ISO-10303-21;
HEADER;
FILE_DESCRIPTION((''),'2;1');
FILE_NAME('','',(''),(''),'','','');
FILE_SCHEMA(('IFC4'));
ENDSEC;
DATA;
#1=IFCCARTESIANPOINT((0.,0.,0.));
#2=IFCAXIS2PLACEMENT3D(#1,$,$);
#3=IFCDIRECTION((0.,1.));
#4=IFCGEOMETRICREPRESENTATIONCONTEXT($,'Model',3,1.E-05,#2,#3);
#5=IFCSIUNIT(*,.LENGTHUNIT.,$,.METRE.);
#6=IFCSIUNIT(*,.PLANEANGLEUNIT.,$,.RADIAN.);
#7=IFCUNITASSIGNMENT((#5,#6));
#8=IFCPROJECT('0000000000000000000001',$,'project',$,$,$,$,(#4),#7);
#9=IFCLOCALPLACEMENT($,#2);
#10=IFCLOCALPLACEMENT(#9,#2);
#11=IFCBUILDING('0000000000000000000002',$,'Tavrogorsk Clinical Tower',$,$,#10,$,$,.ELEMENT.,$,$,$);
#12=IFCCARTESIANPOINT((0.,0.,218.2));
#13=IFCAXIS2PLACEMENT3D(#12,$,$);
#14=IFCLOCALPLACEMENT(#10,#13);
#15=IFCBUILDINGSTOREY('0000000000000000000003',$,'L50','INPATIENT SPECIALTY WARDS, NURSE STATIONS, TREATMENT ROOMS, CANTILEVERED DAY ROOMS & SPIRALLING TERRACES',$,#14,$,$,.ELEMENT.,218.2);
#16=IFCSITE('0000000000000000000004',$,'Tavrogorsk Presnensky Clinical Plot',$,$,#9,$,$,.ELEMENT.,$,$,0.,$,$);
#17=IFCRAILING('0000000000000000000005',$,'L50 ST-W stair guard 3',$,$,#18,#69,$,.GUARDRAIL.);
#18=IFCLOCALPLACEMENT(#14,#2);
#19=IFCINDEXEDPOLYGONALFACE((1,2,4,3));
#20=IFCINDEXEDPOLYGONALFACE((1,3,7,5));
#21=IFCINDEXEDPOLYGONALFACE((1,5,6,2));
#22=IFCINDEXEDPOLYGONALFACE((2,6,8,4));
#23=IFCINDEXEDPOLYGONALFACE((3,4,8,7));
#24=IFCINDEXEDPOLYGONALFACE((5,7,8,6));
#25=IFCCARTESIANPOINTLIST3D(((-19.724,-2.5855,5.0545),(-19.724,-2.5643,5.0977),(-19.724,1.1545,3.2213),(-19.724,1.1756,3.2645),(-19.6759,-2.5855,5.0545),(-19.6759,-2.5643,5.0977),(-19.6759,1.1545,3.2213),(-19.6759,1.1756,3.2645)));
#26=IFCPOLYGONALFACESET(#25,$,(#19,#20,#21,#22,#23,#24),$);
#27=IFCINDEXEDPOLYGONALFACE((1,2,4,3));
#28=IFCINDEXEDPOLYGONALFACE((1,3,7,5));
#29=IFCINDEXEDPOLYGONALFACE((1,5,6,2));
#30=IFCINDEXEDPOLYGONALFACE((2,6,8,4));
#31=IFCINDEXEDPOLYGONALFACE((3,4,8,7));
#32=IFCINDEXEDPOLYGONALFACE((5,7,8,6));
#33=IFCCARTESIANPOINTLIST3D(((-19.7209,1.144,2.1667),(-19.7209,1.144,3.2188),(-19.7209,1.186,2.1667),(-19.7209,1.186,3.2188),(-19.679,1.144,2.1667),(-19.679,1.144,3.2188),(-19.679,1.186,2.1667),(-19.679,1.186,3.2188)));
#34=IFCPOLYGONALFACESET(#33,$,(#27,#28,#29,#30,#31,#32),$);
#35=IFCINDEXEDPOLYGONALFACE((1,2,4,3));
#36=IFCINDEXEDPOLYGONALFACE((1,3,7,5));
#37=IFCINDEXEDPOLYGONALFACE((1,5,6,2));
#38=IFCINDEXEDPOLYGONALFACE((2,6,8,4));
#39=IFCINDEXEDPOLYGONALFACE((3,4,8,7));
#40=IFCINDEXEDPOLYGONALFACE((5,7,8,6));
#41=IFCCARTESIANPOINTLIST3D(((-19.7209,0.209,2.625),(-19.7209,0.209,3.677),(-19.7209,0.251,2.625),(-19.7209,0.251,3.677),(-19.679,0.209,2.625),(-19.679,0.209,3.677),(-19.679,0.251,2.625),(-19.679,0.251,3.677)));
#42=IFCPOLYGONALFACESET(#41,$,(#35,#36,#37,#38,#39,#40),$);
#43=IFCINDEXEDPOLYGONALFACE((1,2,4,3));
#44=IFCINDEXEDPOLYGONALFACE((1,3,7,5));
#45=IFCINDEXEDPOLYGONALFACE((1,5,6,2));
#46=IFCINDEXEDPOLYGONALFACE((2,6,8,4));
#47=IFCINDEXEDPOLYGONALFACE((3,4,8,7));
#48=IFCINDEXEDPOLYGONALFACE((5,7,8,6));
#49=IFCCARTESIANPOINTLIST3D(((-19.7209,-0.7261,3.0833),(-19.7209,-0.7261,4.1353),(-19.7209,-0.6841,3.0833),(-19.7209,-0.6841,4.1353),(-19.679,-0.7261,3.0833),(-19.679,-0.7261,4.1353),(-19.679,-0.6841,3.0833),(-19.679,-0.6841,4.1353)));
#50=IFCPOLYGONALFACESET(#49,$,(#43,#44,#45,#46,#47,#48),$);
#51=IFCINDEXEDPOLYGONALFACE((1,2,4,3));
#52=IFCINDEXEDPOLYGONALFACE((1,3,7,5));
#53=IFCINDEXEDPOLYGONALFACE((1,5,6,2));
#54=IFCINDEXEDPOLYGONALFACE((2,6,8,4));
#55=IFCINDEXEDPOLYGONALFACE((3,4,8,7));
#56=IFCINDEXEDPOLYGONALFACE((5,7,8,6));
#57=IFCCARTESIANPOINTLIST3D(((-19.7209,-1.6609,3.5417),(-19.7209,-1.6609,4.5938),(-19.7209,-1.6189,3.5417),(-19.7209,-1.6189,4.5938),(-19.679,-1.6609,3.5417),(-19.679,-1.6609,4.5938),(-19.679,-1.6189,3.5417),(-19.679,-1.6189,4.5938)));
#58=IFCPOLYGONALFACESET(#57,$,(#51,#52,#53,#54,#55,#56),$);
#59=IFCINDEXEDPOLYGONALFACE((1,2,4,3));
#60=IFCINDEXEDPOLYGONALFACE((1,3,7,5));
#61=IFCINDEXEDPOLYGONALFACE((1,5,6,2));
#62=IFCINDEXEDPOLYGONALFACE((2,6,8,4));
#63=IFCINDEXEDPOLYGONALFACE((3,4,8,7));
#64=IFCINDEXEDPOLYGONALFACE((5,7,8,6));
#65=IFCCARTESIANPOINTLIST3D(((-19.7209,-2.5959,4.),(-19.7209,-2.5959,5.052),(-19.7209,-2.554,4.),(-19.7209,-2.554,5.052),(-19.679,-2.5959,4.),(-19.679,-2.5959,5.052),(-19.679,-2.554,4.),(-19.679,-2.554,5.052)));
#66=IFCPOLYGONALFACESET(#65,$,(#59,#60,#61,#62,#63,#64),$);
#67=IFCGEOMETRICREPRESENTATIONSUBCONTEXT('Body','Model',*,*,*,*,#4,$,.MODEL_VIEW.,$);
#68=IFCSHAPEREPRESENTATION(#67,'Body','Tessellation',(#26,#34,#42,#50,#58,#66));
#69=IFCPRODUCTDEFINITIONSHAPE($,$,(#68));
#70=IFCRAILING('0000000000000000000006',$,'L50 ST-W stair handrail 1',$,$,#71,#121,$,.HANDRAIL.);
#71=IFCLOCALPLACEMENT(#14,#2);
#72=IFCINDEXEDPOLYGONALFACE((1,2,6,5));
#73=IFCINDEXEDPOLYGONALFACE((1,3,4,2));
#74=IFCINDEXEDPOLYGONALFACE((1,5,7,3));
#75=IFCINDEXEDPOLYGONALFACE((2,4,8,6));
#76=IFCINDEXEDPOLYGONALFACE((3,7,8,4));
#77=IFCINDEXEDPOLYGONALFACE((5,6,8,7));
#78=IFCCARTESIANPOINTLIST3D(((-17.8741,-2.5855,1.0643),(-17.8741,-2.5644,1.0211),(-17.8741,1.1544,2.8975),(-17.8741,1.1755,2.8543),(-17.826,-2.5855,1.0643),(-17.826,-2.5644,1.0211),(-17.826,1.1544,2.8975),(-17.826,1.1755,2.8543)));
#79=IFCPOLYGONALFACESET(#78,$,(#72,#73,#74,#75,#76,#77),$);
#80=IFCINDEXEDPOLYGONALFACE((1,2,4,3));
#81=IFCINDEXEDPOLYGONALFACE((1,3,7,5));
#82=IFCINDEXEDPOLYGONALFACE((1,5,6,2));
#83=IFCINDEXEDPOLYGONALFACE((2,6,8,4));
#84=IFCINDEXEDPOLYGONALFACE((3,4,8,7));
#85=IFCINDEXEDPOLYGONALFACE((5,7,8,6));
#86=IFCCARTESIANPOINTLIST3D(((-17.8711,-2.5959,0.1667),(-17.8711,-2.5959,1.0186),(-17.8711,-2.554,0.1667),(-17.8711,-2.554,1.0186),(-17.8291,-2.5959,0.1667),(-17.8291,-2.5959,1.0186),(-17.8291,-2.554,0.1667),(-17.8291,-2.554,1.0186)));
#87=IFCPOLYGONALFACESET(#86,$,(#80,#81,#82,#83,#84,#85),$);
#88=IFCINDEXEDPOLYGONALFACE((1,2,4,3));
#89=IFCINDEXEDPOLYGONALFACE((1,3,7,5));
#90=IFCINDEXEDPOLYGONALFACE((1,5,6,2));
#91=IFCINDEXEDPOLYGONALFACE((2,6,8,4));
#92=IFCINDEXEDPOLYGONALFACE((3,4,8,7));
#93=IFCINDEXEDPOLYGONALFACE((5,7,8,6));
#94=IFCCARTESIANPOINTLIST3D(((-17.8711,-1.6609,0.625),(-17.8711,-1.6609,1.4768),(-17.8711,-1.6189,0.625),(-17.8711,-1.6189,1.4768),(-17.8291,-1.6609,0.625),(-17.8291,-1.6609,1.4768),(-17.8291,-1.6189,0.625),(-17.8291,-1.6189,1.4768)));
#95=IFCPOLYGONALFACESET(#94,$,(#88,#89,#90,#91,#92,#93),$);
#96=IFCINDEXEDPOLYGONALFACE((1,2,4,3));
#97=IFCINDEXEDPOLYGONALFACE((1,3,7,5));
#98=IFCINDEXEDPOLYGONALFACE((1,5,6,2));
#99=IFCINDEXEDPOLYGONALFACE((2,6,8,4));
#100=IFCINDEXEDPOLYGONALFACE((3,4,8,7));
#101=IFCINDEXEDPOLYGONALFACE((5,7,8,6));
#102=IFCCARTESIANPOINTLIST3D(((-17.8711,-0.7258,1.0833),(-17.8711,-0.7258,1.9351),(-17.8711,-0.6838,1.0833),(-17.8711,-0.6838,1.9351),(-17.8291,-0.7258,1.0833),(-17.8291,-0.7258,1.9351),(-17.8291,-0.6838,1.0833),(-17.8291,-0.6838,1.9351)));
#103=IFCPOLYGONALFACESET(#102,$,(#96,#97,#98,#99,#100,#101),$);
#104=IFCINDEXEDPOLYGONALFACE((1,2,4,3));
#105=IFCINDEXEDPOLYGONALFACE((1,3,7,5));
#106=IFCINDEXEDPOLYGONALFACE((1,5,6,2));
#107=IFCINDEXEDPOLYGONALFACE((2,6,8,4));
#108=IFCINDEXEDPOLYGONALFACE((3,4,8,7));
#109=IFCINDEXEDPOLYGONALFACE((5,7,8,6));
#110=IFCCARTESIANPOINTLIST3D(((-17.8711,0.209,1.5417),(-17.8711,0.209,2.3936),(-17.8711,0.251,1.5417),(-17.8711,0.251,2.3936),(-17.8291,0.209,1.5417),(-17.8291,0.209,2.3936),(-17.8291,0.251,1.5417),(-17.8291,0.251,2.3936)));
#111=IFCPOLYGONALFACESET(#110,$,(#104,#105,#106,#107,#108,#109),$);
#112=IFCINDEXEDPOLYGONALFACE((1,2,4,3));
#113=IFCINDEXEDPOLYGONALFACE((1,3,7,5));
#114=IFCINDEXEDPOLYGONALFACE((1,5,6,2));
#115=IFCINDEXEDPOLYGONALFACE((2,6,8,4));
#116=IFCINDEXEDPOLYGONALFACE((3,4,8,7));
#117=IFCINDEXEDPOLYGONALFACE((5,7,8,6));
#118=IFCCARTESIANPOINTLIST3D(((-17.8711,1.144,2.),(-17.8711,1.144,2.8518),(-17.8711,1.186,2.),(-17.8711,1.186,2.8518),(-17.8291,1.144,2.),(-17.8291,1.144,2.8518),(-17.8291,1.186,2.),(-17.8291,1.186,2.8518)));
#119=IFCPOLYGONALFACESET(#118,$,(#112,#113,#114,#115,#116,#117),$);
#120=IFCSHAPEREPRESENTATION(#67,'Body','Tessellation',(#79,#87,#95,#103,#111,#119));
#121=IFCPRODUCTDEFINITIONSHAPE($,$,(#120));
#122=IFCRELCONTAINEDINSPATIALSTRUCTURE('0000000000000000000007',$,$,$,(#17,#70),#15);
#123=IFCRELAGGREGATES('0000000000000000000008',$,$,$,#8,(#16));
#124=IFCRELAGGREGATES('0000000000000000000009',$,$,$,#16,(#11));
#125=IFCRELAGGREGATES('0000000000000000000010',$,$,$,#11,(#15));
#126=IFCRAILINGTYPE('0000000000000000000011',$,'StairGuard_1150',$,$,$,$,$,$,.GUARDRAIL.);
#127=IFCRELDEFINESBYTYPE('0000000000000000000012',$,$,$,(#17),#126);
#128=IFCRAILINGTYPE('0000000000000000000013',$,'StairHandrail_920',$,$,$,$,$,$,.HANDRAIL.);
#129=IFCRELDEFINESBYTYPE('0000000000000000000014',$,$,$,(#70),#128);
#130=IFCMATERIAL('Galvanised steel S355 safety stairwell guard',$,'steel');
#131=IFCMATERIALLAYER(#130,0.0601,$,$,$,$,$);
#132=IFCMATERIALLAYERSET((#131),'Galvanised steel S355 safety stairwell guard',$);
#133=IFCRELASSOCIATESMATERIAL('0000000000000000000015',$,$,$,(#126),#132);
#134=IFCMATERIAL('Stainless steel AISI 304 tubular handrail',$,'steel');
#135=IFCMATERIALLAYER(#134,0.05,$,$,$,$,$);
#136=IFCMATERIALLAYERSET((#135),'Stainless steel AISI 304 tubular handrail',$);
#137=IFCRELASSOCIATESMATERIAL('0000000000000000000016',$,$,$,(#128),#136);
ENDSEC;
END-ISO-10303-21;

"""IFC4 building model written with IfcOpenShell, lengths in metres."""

from ifc_helpers import new_model, si_unit, direction, frame, origin, origin_2d, place, context, subcontext, project, spatial, rectangle, extrude, material, layer, layer_set, type_object, element, save


model = new_model("IFC4")

# Units and contexts
model_context = context("Model", 3, precision=1e-05, world=origin(), true_north=direction((0.0, 1.0)))
body_context = subcontext(model_context, "Body", "Model", "MODEL_VIEW")
ifc_project = project(units=[si_unit("LENGTHUNIT", "METRE"), si_unit("PLANEANGLEUNIT", "RADIAN")], contexts=[model_context])

# Site, building, storey
site_placement = place(None, origin())
site = spatial("IfcSite", under=ifc_project, at=site_placement, Name="Tavrogorsk Presnensky Clinical Plot", CompositionType="ELEMENT", RefElevation=0.0)
building_placement = place(site_placement, origin())
building = spatial("IfcBuilding", under=site, at=building_placement, Name="Tavrogorsk Clinical Tower", CompositionType="ELEMENT")
storey_placement = place(building_placement, frame((0.0, 0.0, 218.2)))
storey = spatial("IfcBuildingStorey", under=building, at=storey_placement, Name="L50", Description="INPATIENT SPECIALTY WARDS, NURSE STATIONS, TREATMENT ROOMS, CANTILEVERED DAY ROOMS & SPIRALLING TERRACES", CompositionType="ELEMENT", Elevation=218.2)

# Railings
ifc_material_1 = material(Name="Galvanised steel S355 safety stairwell guard", Category="steel")
ifc_layer_1 = layer(ifc_material_1, 0.0601)
ifc_layer_set_1 = layer_set([ifc_layer_1], Name="Galvanised steel S355 safety stairwell guard")
railing_type_1 = type_object("IfcRailingType", Name="StairGuard_1150", PredefinedType="GUARDRAIL", material=ifc_layer_set_1)
railing_1_placement = place(storey_placement, frame((-19.7, 1.165, 2.1667)))
element("IfcRailing", 1, at=railing_1_placement, inside=storey, type_object=railing_type_1, Name="L50 ST-W stair guard 3", PredefinedType="GUARDRAIL", context=body_context, shape_type="SweptSolid", body=[
    extrude(rectangle(XDim=0.0481, YDim=0.0481, at=origin_2d()), frame((0.0, 0.0, 1.0762), z_axis=(0.0, -0.897928, 0.440142), x_axis=(1.0, 0.0, 0.0)), (0.0, 0.0, 1.0), 4.165),
    extrude(rectangle(XDim=0.042, YDim=0.042, at=origin_2d()), origin(), (0.0, 0.0, 1.0), 1.052),
    extrude(rectangle(XDim=0.042, YDim=0.042, at=origin_2d()), frame((0.0, -0.9351, 0.4583)), (0.0, 0.0, 1.0), 1.052),
    extrude(rectangle(XDim=0.042, YDim=0.042, at=origin_2d()), frame((0.0, -1.8701, 0.9165)), (0.0, 0.0, 1.0), 1.052),
    extrude(rectangle(XDim=0.042, YDim=0.042, at=origin_2d()), frame((0.0, -2.8049, 1.375)), (0.0, 0.0, 1.0), 1.052),
    extrude(rectangle(XDim=0.042, YDim=0.042, at=origin_2d()), frame((0.0, -3.74, 1.8333)), (0.0, 0.0, 1.0), 1.052),
])
ifc_material_2 = material(Name="Stainless steel AISI 304 tubular handrail", Category="steel")
ifc_layer_2 = layer(ifc_material_2, 0.05)
ifc_layer_set_2 = layer_set([ifc_layer_2], Name="Stainless steel AISI 304 tubular handrail")
railing_type_2 = type_object("IfcRailingType", Name="StairHandrail_920", PredefinedType="HANDRAIL", material=ifc_layer_set_2)
railing_2_placement = place(storey_placement, frame((-17.8501, -2.575, 0.1667)))
element("IfcRailing", 2, at=railing_2_placement, inside=storey, type_object=railing_type_2, Name="L50 ST-W stair handrail 1", PredefinedType="HANDRAIL", context=body_context, shape_type="SweptSolid", body=[
    extrude(rectangle(XDim=0.0481, YDim=0.0481, at=origin_2d()), frame((0.0, 0.0, 0.876), z_axis=(0.0, 0.897928, 0.440142), x_axis=(-1.0, 0.0, 0.0)), (0.0, 0.0, 1.0), 4.165),
    extrude(rectangle(XDim=0.042, YDim=0.042, at=origin_2d()), origin(), (0.0, 0.0, 1.0), 0.8518),
    extrude(rectangle(XDim=0.042, YDim=0.042, at=origin_2d()), frame((0.0, 0.9351, 0.4583)), (0.0, 0.0, 1.0), 0.8518),
    extrude(rectangle(XDim=0.042, YDim=0.042, at=origin_2d()), frame((0.0, 1.8701, 0.9165)), (0.0, 0.0, 1.0), 0.8518),
    extrude(rectangle(XDim=0.042, YDim=0.042, at=origin_2d()), frame((0.0, 2.8049, 1.375)), (0.0, 0.0, 1.0), 0.8518),
    extrude(rectangle(XDim=0.042, YDim=0.042, at=origin_2d()), frame((0.0, 3.74, 1.8333)), (0.0, 0.0, 1.0), 0.8518),
])

save(model, "model.ifc")
